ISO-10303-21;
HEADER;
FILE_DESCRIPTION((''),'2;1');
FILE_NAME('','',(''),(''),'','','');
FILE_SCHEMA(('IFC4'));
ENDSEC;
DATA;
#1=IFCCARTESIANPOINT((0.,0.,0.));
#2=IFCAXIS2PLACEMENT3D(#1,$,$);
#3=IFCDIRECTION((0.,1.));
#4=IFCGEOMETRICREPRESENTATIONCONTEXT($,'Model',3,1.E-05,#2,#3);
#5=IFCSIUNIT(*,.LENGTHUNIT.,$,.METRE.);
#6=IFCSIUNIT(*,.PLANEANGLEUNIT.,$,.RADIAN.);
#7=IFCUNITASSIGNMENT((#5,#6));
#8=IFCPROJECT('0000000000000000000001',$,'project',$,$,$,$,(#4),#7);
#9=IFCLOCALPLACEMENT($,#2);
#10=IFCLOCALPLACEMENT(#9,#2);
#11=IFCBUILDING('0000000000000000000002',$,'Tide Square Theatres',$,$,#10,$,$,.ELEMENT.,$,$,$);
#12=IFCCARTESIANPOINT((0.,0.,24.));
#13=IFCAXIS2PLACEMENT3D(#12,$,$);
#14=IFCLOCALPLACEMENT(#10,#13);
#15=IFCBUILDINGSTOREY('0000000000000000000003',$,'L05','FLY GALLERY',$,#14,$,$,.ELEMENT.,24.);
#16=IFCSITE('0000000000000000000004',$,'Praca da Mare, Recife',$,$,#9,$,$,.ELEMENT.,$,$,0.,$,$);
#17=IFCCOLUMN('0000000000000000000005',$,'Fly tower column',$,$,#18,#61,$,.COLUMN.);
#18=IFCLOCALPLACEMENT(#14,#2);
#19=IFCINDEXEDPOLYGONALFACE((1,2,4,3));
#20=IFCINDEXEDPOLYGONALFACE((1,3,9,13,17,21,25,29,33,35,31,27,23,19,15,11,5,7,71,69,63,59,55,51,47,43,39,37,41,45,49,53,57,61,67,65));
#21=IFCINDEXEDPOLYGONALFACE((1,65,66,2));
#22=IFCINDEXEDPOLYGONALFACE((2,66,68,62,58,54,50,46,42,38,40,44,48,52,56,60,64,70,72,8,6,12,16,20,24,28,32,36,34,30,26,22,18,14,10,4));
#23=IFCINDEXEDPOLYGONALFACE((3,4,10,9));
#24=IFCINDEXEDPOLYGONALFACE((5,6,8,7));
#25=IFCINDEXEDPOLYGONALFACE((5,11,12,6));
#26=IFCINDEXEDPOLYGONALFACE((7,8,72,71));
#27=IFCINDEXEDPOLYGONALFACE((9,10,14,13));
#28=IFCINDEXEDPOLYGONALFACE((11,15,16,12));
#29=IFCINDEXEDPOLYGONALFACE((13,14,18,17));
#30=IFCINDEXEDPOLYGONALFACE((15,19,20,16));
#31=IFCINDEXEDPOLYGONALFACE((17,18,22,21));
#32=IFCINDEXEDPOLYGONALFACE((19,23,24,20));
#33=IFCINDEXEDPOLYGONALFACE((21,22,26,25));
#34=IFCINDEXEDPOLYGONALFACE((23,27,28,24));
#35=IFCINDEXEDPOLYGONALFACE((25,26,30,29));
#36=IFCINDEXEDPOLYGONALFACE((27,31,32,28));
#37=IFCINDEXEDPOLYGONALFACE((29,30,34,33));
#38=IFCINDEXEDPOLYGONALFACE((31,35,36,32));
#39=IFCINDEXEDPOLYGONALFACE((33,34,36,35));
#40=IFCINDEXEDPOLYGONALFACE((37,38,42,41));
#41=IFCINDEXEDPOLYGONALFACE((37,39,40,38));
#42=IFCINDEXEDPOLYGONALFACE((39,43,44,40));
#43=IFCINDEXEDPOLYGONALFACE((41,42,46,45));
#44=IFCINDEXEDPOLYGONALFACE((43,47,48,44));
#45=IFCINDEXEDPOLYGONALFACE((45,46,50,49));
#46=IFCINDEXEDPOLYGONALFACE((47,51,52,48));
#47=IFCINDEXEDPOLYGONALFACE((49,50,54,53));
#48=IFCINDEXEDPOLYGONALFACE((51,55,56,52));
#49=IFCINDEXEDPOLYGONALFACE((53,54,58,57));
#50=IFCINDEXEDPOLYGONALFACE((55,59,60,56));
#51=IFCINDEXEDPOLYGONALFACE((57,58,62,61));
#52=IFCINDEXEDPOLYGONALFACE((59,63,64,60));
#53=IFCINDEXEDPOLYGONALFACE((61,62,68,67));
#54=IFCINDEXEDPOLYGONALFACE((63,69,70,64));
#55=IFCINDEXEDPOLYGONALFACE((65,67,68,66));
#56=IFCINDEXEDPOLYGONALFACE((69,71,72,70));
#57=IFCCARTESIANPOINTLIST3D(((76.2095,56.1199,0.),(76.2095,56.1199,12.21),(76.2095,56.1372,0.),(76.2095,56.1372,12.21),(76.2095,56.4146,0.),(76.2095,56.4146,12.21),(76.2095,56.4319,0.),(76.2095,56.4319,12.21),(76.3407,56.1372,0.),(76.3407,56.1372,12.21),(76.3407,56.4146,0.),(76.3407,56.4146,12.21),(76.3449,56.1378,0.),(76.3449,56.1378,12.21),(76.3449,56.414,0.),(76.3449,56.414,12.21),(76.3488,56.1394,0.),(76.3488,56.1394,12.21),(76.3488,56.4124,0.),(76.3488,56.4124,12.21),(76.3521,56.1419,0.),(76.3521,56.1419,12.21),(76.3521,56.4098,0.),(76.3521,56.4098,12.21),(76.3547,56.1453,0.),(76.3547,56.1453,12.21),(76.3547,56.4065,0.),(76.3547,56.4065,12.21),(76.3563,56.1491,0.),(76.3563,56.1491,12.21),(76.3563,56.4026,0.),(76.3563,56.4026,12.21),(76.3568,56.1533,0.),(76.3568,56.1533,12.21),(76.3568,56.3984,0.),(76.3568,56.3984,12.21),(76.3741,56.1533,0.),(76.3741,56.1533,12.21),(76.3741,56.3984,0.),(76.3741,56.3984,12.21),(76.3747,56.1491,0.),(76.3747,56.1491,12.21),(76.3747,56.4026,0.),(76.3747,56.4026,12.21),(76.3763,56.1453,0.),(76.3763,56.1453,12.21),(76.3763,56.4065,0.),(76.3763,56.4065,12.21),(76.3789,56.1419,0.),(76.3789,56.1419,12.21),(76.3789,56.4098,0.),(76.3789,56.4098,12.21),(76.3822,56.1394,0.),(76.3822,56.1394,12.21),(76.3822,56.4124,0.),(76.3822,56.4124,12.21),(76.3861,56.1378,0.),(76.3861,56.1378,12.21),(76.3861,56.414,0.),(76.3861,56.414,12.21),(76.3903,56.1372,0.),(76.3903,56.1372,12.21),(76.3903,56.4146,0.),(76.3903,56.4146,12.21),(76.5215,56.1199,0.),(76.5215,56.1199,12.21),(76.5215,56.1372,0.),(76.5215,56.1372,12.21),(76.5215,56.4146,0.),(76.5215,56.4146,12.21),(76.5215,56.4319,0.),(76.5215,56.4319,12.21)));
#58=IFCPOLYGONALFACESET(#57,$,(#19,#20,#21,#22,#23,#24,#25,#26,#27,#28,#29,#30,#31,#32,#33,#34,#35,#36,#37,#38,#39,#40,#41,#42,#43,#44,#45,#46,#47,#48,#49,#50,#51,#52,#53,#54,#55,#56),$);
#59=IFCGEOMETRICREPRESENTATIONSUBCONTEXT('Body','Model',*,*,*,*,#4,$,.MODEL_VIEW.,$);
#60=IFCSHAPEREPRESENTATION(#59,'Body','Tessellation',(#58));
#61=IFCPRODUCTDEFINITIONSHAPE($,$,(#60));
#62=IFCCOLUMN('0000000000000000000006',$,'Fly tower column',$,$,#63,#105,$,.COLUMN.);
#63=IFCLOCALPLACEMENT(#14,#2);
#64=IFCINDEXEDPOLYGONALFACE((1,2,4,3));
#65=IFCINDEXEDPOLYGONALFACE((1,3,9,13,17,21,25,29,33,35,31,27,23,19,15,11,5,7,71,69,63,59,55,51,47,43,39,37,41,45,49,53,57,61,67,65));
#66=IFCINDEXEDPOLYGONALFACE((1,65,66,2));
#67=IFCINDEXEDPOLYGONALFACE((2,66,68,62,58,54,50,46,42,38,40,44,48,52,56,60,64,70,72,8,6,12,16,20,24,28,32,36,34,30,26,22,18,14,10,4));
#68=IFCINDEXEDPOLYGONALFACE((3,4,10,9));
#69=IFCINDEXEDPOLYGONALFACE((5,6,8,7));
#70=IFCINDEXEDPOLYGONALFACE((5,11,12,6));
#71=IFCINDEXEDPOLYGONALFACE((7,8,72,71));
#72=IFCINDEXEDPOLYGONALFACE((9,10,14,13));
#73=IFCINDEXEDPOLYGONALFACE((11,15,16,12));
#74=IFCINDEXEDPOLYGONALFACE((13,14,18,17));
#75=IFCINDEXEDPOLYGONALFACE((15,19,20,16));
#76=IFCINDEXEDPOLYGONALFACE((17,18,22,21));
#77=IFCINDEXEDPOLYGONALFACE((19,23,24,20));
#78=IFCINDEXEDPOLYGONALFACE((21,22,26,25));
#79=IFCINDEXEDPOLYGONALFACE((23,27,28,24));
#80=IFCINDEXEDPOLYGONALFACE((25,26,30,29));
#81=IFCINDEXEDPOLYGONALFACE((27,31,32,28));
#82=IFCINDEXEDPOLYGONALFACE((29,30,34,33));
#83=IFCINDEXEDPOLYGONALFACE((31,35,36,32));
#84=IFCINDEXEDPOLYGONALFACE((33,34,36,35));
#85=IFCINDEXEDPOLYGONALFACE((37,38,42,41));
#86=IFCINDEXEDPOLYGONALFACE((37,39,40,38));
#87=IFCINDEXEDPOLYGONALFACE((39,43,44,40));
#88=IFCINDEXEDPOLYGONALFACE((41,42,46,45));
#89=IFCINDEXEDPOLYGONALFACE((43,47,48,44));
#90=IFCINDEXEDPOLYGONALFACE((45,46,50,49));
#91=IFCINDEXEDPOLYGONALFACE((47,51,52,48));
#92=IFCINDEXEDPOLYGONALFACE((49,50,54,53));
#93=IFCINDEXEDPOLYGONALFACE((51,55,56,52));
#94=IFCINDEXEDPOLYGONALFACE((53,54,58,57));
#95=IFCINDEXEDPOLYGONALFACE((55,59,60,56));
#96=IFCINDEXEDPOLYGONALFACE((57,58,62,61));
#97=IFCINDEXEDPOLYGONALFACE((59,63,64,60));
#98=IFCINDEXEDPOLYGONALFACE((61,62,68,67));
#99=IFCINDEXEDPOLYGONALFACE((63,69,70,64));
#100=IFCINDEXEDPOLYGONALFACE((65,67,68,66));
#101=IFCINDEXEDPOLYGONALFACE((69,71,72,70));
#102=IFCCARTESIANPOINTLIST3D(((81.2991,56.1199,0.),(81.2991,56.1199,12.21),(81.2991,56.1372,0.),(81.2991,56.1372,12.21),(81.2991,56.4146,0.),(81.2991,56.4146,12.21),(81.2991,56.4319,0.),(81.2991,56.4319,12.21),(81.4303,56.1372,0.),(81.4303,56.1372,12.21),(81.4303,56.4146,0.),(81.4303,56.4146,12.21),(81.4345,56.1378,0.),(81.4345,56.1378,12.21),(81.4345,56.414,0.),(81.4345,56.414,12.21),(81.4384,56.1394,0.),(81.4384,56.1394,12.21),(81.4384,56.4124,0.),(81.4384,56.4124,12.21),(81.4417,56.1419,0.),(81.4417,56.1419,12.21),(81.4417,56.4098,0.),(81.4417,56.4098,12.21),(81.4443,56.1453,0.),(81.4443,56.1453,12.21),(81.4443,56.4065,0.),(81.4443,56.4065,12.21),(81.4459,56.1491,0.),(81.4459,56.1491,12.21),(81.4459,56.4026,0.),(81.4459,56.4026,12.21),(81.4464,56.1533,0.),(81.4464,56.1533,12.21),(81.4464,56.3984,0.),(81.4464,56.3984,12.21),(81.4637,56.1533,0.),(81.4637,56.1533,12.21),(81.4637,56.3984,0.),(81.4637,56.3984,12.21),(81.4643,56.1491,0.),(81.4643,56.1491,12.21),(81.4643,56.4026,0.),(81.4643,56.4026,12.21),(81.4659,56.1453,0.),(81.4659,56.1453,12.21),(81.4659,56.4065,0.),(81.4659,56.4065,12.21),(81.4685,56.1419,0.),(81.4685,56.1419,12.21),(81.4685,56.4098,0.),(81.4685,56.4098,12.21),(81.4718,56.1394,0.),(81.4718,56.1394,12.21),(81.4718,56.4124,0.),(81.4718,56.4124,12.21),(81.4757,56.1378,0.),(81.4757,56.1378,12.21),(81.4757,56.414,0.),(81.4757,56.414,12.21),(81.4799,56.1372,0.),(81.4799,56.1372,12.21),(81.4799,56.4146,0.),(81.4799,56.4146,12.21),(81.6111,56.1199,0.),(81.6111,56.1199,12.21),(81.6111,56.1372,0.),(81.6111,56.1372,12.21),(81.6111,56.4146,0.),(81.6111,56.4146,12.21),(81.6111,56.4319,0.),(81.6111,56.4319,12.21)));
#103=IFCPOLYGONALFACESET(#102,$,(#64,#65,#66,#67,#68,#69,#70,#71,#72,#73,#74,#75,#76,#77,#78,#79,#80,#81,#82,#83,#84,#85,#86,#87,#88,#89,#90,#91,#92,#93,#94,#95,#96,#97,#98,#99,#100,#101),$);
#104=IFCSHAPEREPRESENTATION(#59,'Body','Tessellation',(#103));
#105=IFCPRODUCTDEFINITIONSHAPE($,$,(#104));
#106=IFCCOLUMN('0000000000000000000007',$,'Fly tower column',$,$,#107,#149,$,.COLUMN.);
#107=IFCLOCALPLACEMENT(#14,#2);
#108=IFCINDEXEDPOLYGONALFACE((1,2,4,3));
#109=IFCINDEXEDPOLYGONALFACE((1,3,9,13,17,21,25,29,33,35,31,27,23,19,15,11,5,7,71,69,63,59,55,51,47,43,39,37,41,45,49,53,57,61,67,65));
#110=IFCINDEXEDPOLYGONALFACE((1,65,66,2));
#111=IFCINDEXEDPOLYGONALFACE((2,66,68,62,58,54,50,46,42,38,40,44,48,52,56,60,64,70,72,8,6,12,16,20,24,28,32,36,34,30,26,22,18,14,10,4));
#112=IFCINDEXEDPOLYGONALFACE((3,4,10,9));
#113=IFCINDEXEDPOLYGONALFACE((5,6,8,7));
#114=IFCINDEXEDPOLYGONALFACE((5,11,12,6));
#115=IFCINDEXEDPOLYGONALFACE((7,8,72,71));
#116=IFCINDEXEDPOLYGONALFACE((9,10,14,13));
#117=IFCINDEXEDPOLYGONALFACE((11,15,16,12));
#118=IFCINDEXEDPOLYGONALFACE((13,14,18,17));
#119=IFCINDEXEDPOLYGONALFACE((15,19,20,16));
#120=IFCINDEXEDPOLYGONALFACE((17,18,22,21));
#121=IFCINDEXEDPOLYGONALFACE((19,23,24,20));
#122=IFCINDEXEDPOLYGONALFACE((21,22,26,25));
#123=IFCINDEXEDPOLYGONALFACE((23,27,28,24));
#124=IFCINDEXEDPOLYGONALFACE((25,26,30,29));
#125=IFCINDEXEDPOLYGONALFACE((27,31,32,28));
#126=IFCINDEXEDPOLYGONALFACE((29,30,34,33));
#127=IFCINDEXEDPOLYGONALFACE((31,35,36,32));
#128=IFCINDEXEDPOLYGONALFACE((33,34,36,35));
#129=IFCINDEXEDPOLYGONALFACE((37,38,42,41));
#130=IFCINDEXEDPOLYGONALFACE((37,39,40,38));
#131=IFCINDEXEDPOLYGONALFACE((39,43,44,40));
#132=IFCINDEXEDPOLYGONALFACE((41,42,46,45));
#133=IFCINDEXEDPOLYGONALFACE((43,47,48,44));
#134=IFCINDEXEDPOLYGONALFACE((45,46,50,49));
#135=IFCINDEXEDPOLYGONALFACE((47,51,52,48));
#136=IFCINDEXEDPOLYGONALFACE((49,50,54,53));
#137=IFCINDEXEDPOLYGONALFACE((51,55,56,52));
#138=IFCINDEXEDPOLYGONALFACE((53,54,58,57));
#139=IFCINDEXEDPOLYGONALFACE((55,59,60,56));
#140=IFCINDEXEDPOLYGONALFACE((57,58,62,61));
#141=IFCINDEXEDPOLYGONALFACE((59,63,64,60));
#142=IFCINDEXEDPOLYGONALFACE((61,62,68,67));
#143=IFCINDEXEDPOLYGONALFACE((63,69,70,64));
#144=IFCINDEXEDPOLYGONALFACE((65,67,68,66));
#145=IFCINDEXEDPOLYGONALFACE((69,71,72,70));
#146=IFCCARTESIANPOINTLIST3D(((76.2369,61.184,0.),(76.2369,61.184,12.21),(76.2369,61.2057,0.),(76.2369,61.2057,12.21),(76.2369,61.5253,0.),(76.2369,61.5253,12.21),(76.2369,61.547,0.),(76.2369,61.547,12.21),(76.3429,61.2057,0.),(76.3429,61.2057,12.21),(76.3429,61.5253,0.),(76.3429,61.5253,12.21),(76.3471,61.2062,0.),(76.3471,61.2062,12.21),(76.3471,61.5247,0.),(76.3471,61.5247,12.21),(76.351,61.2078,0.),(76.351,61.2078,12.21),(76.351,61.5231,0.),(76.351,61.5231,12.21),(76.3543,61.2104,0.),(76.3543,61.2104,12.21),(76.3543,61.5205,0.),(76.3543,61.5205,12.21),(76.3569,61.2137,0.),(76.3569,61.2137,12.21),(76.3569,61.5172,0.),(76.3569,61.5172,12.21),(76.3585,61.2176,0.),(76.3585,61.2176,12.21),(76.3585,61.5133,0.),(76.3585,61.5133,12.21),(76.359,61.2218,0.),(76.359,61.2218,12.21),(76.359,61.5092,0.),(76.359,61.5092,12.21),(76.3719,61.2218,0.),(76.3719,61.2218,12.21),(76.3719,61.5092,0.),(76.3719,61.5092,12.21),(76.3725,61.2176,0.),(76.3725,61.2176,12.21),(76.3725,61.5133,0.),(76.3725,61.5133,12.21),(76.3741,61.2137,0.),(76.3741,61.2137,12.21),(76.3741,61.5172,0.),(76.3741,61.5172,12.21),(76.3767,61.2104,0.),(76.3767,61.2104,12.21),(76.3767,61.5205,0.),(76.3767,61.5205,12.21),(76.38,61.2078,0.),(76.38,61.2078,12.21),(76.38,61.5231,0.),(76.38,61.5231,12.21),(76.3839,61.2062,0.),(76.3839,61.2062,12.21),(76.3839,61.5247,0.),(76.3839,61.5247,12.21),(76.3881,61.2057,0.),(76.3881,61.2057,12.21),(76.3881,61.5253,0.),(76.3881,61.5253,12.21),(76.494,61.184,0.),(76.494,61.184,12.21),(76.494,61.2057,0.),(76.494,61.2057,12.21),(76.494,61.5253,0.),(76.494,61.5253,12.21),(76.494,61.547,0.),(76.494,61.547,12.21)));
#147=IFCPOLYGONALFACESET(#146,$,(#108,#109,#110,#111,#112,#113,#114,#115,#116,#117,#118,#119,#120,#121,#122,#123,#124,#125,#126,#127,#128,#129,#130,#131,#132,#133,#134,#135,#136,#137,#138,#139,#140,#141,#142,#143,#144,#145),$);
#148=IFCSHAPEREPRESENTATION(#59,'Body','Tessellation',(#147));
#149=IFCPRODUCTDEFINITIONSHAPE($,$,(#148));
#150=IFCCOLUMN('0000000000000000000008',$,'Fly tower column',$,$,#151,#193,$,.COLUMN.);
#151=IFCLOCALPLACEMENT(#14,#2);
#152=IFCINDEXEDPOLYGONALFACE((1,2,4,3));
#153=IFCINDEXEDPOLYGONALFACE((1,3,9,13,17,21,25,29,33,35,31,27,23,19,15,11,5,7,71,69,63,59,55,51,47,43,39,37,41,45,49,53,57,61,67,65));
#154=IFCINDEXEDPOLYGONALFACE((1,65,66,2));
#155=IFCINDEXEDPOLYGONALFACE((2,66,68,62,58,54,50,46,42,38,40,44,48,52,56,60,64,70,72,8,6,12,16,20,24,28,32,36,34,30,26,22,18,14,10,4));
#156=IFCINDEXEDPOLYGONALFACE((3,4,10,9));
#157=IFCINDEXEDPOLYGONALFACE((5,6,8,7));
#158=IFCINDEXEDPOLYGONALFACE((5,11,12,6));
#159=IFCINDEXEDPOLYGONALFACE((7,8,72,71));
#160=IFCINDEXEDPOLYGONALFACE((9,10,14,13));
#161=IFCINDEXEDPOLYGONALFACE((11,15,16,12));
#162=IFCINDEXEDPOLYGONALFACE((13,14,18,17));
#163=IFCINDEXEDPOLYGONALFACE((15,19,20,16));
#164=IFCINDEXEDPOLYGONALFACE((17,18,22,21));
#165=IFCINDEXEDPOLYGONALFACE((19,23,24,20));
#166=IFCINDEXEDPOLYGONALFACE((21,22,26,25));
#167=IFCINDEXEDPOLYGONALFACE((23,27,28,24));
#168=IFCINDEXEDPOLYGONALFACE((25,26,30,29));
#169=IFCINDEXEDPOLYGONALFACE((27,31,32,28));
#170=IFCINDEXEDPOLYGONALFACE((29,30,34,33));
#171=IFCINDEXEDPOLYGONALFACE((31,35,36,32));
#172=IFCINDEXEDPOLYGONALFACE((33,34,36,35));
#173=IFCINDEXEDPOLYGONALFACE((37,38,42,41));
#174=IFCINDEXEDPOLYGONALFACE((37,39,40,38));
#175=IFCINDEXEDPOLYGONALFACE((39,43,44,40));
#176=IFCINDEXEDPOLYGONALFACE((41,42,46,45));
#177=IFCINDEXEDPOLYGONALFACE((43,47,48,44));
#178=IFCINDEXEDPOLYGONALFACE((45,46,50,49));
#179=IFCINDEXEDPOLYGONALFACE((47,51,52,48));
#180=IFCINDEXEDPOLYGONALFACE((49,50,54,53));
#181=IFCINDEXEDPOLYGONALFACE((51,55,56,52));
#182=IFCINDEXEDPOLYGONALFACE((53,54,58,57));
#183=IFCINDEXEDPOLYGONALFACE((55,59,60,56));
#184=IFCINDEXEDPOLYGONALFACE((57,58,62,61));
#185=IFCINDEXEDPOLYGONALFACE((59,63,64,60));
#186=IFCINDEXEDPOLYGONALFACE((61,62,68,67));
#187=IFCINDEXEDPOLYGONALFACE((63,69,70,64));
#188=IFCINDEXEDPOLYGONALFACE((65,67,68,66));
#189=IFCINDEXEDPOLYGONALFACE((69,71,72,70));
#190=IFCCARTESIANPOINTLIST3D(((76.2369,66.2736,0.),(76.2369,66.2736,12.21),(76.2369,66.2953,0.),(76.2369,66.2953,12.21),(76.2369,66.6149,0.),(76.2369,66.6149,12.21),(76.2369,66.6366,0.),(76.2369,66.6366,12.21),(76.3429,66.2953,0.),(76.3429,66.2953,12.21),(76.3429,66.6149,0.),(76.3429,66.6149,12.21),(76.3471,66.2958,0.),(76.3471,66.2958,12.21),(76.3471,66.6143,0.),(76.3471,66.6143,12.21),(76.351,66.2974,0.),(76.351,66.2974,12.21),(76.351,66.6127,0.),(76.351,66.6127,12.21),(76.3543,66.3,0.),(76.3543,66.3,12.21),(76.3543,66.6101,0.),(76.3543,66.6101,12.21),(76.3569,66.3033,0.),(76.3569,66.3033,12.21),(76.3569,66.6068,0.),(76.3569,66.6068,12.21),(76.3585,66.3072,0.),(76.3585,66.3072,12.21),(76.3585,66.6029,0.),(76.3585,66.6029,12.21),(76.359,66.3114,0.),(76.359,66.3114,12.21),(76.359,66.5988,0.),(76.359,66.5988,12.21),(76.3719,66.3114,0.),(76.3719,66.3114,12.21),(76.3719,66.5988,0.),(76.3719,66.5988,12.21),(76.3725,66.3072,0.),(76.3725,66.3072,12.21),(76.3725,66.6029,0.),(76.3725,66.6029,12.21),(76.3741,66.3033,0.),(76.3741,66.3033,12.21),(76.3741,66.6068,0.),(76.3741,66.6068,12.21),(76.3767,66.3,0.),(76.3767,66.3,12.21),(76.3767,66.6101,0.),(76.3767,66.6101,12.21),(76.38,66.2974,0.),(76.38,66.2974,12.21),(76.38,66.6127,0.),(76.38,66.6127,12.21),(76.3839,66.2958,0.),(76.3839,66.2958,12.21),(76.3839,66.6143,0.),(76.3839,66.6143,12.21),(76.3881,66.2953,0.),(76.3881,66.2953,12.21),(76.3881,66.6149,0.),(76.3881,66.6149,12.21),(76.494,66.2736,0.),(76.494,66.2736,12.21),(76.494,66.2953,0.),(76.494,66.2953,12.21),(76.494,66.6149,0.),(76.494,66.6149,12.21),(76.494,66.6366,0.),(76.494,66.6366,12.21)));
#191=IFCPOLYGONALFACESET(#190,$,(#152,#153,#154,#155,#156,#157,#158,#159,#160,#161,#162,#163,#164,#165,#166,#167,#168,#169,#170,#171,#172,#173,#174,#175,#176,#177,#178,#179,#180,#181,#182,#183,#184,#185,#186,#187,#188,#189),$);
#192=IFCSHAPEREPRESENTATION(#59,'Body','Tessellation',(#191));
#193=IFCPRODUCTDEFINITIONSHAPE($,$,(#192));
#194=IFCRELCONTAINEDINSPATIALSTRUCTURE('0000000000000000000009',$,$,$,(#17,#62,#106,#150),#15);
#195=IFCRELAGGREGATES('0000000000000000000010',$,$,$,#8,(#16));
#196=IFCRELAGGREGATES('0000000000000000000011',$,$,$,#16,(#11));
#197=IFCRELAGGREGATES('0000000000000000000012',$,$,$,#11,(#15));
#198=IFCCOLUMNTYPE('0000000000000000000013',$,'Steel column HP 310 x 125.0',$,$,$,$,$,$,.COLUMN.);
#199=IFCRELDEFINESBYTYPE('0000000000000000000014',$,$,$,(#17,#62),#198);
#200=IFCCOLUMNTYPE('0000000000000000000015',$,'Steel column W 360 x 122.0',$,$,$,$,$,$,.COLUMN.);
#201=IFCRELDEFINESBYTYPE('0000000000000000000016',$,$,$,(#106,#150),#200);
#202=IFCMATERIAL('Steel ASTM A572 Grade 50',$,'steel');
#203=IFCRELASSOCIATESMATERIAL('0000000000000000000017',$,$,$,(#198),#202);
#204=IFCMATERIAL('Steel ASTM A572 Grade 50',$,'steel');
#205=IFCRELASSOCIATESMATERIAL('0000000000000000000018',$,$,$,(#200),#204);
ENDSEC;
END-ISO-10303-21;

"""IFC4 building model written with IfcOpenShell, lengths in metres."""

from ifc_helpers import new_model, si_unit, direction, frame, origin, origin_2d, place, context, subcontext, project, spatial, i_section, extrude, material, material_profile, profile_set, type_object, element, save


model = new_model("IFC4")

# Units and contexts
model_context = context("Model", 3, precision=1e-05, world=origin(), true_north=direction((0.0, 1.0)))
body_context = subcontext(model_context, "Body", "Model", "MODEL_VIEW")
ifc_project = project(units=[si_unit("LENGTHUNIT", "METRE"), si_unit("PLANEANGLEUNIT", "RADIAN")], contexts=[model_context])

# Site, building, storey
site_placement = place(None, origin())
site = spatial("IfcSite", under=ifc_project, at=site_placement, Name="Praca da Mare, Recife", CompositionType="ELEMENT", RefElevation=0.0)
building_placement = place(site_placement, origin())
building = spatial("IfcBuilding", under=site, at=building_placement, Name="Tide Square Theatres", CompositionType="ELEMENT")
storey_placement = place(building_placement, frame((0.0, 0.0, 24.0)))
storey = spatial("IfcBuildingStorey", under=building, at=storey_placement, Name="L05", Description="FLY GALLERY", CompositionType="ELEMENT", Elevation=24.0)

# Columns
ifc_material_1 = material(Name="Steel ASTM A572 Grade 50", Category="steel")
ifc_material_profile_1 = material_profile(ifc_material_1, i_section(OverallWidth=0.312, OverallDepth=0.312, WebThickness=0.0173, FlangeThickness=0.0173, FilletRadius=0.0161, at=origin_2d()))
ifc_profile_set_1 = profile_set([ifc_material_profile_1], Name="Steel ASTM A572 Grade 50")
column_type_1 = type_object("IfcColumnType", Name="Steel column HP 310 x 125.0", PredefinedType="COLUMN", material=ifc_profile_set_1)
for number, where, z_axis, x_axis, name in (
    (1, (76.3655, 56.2759, 0.0), (0.0, 0.0, 1.0), (1.0, 0.0, 0.0), "Fly tower column"),
    (2, (81.4551, 56.2759, 0.0), (0.0, 0.0, 1.0), (1.0, 0.0, 0.0), "Fly tower column"),
):
    element("IfcColumn", number, at=place(storey_placement, frame(where, z_axis=z_axis, x_axis=x_axis)), inside=storey, type_object=column_type_1, Name=name, PredefinedType="COLUMN", context=body_context, shape_type="SweptSolid", body=[
        extrude(i_section(OverallWidth=0.312, OverallDepth=0.312, WebThickness=0.0173, FlangeThickness=0.0173, FilletRadius=0.0161, at=origin_2d()), origin(), (0.0, 0.0, 1.0), 12.21),
    ])
ifc_material_2 = material(Name="Steel ASTM A572 Grade 50", Category="steel")
ifc_material_profile_2 = material_profile(ifc_material_2, i_section(OverallWidth=0.2571, OverallDepth=0.363, WebThickness=0.0129, FlangeThickness=0.0217, FilletRadius=0.0161, at=origin_2d()))
ifc_profile_set_2 = profile_set([ifc_material_profile_2], Name="Steel ASTM A572 Grade 50")
column_type_2 = type_object("IfcColumnType", Name="Steel column W 360 x 122.0", PredefinedType="COLUMN", material=ifc_profile_set_2)
for number, where, z_axis, x_axis, name in (
    (3, (76.3655, 61.3655, 0.0), (0.0, 0.0, 1.0), (1.0, 0.0, 0.0), "Fly tower column"),
    (4, (76.3655, 66.4551, 0.0), (0.0, 0.0, 1.0), (1.0, 0.0, 0.0), "Fly tower column"),
):
    element("IfcColumn", number, at=place(storey_placement, frame(where, z_axis=z_axis, x_axis=x_axis)), inside=storey, type_object=column_type_2, Name=name, PredefinedType="COLUMN", context=body_context, shape_type="SweptSolid", body=[
        extrude(i_section(OverallWidth=0.2571, OverallDepth=0.363, WebThickness=0.0129, FlangeThickness=0.0217, FilletRadius=0.0161, at=origin_2d()), origin(), (0.0, 0.0, 1.0), 12.21),
    ])

save(model, "model.ifc")
